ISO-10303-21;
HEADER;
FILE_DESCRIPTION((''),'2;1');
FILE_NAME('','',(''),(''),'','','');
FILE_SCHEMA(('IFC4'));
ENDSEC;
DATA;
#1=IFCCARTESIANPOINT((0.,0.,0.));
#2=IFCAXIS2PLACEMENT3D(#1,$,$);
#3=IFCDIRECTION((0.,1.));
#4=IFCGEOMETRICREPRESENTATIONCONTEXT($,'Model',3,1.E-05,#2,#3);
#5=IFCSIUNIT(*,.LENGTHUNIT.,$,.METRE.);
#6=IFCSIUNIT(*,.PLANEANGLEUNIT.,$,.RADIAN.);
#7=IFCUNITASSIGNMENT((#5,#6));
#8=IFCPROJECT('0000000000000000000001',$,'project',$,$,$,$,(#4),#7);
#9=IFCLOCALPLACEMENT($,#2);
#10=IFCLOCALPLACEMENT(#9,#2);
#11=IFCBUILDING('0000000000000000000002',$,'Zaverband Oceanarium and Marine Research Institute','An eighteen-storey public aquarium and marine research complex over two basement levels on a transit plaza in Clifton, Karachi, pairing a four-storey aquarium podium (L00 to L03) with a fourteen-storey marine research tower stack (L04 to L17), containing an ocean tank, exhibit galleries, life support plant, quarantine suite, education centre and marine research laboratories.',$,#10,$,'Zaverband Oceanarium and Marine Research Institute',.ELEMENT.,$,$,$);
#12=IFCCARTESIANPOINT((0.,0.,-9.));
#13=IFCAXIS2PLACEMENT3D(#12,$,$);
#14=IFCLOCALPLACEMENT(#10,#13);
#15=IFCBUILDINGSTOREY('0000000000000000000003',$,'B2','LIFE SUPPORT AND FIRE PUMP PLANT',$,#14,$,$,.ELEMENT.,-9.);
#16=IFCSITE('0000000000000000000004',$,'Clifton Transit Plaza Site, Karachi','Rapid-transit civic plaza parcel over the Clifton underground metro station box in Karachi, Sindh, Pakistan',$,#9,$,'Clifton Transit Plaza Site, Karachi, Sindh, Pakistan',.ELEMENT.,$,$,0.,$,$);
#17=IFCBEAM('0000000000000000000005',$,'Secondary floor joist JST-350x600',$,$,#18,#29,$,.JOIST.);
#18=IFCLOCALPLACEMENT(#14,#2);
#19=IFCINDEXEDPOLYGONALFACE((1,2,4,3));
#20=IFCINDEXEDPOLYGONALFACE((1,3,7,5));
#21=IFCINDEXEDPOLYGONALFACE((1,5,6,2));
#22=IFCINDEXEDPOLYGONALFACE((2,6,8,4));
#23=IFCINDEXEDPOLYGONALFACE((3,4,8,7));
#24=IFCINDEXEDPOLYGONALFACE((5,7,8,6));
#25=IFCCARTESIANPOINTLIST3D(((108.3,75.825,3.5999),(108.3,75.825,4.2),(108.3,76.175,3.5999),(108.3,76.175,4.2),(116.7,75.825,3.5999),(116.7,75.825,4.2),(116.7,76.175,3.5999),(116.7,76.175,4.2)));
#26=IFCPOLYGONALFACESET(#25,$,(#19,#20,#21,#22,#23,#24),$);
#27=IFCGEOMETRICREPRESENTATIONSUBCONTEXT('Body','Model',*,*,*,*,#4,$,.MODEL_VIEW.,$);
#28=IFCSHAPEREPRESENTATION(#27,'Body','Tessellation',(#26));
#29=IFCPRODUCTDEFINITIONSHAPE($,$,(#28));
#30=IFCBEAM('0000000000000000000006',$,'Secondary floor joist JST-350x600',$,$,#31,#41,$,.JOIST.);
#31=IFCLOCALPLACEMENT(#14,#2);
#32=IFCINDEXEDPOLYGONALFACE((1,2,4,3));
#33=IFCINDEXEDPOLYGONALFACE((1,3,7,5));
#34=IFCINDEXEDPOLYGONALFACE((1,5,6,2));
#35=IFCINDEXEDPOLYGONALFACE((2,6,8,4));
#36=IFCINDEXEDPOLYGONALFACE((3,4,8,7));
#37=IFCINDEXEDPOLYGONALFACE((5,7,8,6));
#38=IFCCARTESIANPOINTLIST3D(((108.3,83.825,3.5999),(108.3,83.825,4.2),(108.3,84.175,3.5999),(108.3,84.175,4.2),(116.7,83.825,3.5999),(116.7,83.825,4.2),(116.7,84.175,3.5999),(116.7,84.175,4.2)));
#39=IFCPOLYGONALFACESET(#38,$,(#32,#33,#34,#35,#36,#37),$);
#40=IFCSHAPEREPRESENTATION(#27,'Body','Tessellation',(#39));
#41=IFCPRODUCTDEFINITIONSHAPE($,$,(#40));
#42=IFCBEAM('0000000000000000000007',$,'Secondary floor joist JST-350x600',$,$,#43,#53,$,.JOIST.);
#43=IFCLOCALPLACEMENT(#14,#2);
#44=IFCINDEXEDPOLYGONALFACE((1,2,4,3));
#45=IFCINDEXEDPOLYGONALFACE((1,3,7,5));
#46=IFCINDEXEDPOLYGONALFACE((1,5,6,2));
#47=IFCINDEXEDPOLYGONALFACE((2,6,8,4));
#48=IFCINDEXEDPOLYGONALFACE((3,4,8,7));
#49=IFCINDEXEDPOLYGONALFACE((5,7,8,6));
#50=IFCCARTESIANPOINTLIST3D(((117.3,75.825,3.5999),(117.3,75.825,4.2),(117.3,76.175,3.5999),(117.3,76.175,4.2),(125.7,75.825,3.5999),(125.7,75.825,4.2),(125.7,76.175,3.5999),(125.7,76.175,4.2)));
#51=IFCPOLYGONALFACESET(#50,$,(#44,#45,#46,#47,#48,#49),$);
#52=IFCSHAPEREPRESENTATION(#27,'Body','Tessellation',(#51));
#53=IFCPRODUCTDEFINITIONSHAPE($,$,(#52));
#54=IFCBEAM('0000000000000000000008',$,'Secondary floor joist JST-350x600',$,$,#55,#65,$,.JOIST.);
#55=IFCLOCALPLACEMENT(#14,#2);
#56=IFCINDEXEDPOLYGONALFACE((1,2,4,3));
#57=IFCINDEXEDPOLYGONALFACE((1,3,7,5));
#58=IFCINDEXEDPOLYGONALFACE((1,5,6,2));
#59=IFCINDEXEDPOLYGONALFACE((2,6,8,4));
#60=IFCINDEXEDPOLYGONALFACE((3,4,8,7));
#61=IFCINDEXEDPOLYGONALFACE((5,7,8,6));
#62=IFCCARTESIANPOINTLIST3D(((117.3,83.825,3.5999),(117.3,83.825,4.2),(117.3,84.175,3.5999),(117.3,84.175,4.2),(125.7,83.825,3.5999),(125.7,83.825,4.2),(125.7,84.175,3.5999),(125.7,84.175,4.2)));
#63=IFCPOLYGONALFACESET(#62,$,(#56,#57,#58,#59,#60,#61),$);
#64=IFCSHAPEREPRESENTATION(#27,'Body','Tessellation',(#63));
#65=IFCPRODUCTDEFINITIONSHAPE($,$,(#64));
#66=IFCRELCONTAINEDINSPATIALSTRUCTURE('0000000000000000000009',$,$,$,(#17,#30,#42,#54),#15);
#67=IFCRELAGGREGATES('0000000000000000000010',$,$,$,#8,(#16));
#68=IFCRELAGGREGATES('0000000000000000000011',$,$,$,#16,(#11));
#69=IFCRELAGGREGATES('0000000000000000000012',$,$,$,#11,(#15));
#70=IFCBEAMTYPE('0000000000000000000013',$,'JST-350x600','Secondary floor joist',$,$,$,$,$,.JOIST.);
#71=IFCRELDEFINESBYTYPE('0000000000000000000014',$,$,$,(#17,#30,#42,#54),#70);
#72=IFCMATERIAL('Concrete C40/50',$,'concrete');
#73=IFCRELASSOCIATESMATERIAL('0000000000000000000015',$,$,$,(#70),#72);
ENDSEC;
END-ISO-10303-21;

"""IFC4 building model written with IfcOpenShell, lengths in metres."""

from ifc_helpers import new_model, si_unit, direction, frame, origin, origin_2d, place, context, subcontext, project, spatial, rectangle, extrude, material, material_profile, profile_set, type_object, element, save


model = new_model("IFC4")

# Units and contexts
model_context = context("Model", 3, precision=1e-05, world=origin(), true_north=direction((0.0, 1.0)))
body_context = subcontext(model_context, "Body", "Model", "MODEL_VIEW")
ifc_project = project(units=[si_unit("LENGTHUNIT", "METRE"), si_unit("PLANEANGLEUNIT", "RADIAN")], contexts=[model_context])

# Site, building, storey
site_placement = place(None, origin())
site = spatial("IfcSite", under=ifc_project, at=site_placement, Name="Clifton Transit Plaza Site, Karachi", Description="Rapid-transit civic plaza parcel over the Clifton underground metro station box in Karachi, Sindh, Pakistan", LongName="Clifton Transit Plaza Site, Karachi, Sindh, Pakistan", CompositionType="ELEMENT", RefElevation=0.0)
building_placement = place(site_placement, origin())
building = spatial("IfcBuilding", under=site, at=building_placement, Name="Zaverband Oceanarium and Marine Research Institute", Description="An eighteen-storey public aquarium and marine research complex over two basement levels on a transit plaza in Clifton, Karachi, pairing a four-storey aquarium podium (L00 to L03) with a fourteen-storey marine research tower stack (L04 to L17), containing an ocean tank, exhibit galleries, life support plant, quarantine suite, education centre and marine research laboratories.", LongName="Zaverband Oceanarium and Marine Research Institute", CompositionType="ELEMENT")
storey_placement = place(building_placement, frame((0.0, 0.0, -9.0)))
storey = spatial("IfcBuildingStorey", under=building, at=storey_placement, Name="B2", Description="LIFE SUPPORT AND FIRE PUMP PLANT", CompositionType="ELEMENT", Elevation=-9.0)

# Beams
ifc_material_1 = material(Name="Concrete C40/50", Category="concrete")
ifc_material_profile_1 = material_profile(ifc_material_1, rectangle(XDim=0.3501, YDim=0.6001, at=origin_2d()), Name="RC350x600")
ifc_profile_set_1 = profile_set([ifc_material_profile_1], Name="Concrete C40/50")
beam_type_1 = type_object("IfcBeamType", Name="JST-350x600", Description="Secondary floor joist", PredefinedType="JOIST", material=ifc_profile_set_1)
for number, where, z_axis, x_axis, name in (
    (1, (108.3, 76.0, 3.8999), (1.0, 0.0, 0.0), (0.0, 1.0, 0.0), "Secondary floor joist JST-350x600"),
    (2, (108.3, 84.0, 3.8999), (1.0, 0.0, 0.0), (0.0, 1.0, 0.0), "Secondary floor joist JST-350x600"),
    (3, (117.3, 76.0, 3.8999), (1.0, 0.0, 0.0), (0.0, 1.0, 0.0), "Secondary floor joist JST-350x600"),
    (4, (117.3, 84.0, 3.8999), (1.0, 0.0, 0.0), (0.0, 1.0, 0.0), "Secondary floor joist JST-350x600"),
):
    element("IfcBeam", number, at=place(storey_placement, frame(where, z_axis=z_axis, x_axis=x_axis)), inside=storey, type_object=beam_type_1, Name=name, PredefinedType="JOIST", context=body_context, shape_type="SweptSolid", body=[
        extrude(rectangle(XDim=0.3501, YDim=0.6001, at=origin_2d()), origin(), (0.0, 0.0, 1.0), 8.3999),
    ])

save(model, "model.ifc")
